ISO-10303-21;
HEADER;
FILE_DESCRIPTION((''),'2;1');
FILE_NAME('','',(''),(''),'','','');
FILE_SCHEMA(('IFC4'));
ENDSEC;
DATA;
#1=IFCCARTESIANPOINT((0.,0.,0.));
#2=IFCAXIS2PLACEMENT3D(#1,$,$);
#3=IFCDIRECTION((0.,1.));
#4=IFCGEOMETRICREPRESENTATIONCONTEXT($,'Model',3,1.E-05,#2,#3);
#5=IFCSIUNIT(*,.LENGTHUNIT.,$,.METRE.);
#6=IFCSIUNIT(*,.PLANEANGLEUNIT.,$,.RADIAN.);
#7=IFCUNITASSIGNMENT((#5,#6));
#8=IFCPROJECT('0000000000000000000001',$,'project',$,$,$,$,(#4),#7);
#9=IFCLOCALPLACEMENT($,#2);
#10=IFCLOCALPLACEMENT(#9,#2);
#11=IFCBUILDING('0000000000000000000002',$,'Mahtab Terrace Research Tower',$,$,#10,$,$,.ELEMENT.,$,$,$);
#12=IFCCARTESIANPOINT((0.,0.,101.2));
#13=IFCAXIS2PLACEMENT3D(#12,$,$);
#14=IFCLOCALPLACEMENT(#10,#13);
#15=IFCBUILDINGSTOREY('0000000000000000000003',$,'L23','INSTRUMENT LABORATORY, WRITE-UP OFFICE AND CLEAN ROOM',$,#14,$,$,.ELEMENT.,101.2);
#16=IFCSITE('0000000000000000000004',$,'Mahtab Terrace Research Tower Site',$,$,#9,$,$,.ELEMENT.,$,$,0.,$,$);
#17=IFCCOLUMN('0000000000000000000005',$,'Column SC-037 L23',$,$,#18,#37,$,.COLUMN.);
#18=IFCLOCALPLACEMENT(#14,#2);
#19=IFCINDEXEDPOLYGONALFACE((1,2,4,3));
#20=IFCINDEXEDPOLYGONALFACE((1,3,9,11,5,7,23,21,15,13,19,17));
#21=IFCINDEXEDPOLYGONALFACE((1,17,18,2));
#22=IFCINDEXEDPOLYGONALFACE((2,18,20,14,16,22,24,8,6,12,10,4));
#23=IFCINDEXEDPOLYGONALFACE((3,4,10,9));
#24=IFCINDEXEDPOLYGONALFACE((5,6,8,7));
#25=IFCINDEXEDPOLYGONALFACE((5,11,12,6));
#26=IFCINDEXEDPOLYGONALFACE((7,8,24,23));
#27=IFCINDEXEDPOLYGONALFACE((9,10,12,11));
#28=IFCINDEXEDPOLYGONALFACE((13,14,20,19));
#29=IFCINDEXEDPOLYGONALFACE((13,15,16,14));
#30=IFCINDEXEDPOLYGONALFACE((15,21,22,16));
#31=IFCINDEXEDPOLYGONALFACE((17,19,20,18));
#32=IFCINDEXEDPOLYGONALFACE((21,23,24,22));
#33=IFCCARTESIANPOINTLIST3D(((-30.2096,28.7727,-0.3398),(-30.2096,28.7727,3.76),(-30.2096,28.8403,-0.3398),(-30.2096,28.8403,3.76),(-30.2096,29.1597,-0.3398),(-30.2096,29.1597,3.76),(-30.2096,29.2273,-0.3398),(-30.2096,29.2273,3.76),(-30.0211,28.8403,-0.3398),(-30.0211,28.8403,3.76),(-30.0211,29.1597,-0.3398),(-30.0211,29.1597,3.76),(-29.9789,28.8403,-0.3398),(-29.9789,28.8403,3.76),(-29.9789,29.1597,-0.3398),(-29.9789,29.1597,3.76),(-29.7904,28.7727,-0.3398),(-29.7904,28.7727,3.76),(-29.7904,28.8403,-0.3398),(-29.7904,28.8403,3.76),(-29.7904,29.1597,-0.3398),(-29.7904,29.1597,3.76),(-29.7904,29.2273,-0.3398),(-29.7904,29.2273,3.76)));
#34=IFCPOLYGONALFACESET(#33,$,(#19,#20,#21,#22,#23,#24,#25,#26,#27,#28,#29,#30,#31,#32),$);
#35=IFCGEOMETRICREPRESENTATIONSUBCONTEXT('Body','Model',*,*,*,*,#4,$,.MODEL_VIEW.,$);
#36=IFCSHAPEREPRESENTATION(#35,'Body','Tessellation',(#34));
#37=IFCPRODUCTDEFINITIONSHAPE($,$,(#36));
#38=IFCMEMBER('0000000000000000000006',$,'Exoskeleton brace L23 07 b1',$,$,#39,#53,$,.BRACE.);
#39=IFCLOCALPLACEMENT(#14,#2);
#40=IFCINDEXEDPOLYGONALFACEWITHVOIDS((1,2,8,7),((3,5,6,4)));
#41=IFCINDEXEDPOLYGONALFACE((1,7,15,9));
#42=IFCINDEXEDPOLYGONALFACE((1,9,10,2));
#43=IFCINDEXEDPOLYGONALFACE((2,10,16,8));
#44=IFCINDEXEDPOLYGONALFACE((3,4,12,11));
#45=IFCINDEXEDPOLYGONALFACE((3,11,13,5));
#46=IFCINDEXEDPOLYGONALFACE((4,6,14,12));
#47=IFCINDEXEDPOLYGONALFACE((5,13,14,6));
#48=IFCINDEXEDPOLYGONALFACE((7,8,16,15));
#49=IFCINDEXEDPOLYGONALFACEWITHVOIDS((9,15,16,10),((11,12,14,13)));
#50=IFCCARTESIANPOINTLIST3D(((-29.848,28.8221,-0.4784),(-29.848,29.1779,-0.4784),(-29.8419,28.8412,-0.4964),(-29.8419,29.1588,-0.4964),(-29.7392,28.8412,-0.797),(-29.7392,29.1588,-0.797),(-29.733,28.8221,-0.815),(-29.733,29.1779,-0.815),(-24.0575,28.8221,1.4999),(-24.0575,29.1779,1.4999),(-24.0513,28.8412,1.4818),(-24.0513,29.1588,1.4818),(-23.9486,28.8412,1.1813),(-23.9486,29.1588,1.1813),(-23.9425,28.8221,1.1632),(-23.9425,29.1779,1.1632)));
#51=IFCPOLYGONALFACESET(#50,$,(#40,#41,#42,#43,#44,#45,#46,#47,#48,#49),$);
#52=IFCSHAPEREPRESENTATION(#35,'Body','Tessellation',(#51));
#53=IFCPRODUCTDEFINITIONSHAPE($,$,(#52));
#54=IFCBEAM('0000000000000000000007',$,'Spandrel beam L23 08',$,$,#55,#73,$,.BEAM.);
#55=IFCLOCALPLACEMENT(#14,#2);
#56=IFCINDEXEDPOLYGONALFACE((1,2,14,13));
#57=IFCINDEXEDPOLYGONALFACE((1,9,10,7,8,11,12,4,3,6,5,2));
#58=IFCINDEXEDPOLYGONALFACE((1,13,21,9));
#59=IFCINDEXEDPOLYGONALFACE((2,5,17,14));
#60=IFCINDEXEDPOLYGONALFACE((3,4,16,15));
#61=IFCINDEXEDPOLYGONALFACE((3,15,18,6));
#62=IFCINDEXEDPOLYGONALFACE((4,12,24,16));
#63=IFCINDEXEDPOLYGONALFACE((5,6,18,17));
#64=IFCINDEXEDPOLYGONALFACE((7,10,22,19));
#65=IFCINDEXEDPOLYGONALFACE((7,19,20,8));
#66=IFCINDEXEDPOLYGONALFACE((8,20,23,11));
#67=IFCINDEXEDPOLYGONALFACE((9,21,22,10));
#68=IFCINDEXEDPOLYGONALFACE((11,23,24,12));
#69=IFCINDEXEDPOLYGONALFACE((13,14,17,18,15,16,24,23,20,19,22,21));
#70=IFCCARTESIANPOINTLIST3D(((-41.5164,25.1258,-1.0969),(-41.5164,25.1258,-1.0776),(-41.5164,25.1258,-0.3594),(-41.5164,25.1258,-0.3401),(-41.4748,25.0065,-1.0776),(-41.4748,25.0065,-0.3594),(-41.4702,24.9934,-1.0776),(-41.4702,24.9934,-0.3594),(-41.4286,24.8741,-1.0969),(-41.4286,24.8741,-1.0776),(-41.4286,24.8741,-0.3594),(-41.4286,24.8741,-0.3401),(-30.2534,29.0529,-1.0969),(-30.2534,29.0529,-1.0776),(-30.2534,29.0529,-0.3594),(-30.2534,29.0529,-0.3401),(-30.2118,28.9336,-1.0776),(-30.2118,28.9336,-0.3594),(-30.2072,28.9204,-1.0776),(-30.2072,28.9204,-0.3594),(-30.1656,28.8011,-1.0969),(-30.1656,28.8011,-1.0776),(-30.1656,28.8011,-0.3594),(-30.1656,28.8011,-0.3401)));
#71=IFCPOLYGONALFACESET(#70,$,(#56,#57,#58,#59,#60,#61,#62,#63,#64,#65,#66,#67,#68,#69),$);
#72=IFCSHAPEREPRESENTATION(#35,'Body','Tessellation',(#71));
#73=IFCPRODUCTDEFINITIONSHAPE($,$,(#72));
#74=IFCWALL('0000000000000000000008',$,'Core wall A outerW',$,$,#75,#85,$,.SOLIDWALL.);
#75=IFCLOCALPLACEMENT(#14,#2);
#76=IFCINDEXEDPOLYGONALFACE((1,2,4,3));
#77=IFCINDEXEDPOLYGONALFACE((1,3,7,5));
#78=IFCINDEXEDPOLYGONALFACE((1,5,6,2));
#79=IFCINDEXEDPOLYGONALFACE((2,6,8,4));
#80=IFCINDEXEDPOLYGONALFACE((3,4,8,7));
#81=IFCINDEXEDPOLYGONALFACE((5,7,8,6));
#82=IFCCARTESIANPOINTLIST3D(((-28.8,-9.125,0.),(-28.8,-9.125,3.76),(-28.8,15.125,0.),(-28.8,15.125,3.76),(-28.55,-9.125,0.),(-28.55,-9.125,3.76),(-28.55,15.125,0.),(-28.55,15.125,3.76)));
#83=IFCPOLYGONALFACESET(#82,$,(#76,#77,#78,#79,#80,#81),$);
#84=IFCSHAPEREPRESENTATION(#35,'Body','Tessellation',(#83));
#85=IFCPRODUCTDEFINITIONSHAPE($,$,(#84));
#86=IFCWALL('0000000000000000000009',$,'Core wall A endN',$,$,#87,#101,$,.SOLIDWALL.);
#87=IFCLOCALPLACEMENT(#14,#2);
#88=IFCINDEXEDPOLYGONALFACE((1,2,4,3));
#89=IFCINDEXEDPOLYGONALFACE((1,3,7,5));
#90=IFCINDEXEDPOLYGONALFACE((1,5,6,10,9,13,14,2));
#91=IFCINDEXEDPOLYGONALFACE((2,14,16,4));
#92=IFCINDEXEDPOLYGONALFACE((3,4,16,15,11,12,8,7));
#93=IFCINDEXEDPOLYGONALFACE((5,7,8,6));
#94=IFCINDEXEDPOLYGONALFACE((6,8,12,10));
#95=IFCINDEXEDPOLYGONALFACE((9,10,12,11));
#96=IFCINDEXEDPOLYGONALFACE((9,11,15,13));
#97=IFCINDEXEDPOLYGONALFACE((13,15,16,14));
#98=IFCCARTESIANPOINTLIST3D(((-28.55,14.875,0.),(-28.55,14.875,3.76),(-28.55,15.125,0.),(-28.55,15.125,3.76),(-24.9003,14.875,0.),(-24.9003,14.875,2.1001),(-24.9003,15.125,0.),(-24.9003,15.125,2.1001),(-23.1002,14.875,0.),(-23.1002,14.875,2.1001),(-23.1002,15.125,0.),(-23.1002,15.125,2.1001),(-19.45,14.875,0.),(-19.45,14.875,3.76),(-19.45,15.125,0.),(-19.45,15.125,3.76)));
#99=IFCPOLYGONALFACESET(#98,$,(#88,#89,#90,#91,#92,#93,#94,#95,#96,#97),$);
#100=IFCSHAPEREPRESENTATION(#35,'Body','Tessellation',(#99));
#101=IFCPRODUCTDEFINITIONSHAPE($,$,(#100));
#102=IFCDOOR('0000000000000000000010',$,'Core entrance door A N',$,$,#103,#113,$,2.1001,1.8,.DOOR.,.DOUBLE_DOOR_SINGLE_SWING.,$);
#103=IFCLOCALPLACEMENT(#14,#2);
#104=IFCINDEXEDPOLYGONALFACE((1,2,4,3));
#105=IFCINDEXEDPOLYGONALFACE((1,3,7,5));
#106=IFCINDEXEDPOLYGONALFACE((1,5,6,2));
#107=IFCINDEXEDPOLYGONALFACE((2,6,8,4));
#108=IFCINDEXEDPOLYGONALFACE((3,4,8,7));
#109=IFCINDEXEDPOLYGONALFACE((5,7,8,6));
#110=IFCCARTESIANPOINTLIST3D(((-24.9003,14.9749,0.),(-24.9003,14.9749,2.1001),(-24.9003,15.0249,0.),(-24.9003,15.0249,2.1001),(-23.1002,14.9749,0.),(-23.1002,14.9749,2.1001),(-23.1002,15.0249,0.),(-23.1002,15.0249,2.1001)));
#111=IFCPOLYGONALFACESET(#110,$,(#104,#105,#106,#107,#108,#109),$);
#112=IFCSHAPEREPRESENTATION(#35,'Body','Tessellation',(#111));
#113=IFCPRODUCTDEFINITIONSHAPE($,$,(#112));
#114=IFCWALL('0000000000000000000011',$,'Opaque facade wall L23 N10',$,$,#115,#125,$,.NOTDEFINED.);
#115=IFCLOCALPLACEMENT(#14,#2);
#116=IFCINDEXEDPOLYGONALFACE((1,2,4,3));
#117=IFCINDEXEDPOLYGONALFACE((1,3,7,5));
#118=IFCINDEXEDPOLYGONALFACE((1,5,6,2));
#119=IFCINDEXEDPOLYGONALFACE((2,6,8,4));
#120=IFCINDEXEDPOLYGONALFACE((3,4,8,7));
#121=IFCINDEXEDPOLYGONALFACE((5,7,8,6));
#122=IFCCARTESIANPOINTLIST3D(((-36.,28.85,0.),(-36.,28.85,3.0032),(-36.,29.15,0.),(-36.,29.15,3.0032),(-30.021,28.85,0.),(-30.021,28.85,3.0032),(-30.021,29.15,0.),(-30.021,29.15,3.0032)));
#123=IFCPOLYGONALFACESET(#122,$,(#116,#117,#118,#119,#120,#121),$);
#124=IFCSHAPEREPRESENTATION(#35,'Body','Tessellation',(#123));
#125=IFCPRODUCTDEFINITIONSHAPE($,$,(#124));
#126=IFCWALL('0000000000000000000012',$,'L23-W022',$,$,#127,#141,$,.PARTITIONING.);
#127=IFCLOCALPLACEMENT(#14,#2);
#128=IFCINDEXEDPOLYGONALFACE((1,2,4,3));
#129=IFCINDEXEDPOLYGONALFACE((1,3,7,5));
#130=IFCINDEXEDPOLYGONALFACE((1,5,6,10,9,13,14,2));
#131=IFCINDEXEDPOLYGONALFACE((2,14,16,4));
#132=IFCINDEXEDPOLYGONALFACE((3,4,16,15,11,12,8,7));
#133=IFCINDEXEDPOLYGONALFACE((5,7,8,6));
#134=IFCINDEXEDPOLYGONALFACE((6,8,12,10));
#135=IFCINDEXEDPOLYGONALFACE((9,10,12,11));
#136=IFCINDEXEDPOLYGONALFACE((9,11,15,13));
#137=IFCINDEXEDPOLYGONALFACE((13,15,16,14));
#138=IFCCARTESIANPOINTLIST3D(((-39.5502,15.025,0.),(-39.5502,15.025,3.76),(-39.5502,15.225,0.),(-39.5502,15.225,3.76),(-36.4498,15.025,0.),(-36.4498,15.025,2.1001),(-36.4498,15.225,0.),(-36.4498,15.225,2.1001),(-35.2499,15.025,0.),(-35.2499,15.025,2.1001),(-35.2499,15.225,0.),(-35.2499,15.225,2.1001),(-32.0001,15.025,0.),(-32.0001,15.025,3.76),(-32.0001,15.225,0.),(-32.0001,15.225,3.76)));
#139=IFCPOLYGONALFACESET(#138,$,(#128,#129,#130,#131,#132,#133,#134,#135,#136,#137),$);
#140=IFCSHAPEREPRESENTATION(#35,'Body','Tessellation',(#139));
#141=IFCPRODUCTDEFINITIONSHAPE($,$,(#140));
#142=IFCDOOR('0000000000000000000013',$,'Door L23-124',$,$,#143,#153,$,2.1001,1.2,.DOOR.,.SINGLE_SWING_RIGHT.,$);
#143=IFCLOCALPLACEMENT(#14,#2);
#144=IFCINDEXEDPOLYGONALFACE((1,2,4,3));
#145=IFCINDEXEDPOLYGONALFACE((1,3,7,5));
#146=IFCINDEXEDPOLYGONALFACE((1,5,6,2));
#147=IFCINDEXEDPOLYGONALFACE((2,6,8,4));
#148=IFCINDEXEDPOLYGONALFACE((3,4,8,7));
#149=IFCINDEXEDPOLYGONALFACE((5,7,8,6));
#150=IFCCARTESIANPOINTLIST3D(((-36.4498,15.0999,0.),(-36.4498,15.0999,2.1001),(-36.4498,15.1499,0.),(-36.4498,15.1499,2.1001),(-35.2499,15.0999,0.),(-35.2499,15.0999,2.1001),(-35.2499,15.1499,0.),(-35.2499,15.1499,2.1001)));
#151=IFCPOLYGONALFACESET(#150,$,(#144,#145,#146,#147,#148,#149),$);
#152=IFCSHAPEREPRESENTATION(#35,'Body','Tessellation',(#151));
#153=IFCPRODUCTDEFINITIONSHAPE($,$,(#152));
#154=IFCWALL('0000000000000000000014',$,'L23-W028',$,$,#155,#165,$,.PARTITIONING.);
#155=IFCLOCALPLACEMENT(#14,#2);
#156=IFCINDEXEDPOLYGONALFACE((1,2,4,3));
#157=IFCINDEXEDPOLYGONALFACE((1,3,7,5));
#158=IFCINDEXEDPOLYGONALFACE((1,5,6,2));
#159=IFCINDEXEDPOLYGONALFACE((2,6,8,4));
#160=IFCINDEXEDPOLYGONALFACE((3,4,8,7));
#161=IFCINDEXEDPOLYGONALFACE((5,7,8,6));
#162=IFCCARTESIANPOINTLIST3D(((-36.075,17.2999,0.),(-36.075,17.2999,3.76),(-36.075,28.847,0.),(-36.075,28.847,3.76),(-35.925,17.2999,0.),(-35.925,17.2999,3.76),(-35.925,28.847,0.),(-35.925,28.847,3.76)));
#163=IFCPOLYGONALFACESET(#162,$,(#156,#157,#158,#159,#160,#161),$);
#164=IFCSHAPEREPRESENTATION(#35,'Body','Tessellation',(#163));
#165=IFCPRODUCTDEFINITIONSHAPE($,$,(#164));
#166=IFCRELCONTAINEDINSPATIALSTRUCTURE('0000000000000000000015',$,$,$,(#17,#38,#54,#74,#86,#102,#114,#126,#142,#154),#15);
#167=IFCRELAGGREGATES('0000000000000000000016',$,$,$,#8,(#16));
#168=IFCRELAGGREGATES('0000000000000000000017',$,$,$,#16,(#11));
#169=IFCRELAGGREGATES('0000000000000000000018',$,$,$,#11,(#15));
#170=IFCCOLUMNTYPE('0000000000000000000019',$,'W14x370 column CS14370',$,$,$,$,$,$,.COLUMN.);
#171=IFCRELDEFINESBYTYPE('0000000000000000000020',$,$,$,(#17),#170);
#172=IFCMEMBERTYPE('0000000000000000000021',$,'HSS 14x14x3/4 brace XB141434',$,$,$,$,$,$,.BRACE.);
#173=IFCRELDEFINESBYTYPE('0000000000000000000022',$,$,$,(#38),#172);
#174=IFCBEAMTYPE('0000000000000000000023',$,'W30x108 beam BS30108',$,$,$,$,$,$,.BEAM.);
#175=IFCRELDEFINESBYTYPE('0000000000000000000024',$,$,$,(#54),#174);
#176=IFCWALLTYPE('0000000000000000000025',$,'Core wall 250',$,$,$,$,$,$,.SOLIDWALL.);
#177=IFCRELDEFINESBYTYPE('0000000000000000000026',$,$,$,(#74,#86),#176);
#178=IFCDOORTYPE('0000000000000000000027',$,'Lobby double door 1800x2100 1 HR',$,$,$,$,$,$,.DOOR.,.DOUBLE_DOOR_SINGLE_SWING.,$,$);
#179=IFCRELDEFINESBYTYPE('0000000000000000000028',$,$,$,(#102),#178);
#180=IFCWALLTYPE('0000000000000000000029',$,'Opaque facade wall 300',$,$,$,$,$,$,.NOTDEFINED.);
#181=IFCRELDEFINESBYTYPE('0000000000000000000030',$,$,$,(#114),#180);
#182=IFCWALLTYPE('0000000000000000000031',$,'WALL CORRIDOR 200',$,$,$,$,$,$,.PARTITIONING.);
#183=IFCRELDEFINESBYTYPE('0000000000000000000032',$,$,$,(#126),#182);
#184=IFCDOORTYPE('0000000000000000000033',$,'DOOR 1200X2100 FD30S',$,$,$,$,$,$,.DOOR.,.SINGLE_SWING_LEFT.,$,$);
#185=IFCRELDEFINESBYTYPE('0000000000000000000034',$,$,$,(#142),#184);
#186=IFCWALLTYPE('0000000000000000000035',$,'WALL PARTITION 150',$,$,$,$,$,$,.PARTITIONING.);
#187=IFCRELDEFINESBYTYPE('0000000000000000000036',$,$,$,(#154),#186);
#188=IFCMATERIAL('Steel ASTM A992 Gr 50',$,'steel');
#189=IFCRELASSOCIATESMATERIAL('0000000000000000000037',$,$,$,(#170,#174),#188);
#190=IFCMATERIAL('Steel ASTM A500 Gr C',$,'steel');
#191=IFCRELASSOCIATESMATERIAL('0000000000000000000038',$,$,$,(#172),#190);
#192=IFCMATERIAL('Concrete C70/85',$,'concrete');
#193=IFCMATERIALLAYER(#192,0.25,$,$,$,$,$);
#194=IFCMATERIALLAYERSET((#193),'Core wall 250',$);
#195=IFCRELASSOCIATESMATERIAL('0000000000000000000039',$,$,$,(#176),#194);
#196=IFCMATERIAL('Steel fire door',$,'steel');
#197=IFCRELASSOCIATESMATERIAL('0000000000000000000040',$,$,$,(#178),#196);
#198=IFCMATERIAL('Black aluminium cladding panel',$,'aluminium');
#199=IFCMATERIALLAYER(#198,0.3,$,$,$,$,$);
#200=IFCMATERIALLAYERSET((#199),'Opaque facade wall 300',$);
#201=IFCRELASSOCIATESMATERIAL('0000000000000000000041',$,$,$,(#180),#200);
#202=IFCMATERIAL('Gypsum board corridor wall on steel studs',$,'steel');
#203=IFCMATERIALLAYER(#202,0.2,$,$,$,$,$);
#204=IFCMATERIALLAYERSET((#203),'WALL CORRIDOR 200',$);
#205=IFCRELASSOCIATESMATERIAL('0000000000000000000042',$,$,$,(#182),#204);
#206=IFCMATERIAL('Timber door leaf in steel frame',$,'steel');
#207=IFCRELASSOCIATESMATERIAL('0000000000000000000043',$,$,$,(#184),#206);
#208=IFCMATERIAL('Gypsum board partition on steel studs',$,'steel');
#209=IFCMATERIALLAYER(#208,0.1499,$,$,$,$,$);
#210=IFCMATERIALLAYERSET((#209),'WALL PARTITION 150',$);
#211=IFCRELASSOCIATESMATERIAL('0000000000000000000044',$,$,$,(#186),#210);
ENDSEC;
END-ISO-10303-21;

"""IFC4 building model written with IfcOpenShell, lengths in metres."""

from ifc_helpers import new_model, si_unit, direction, frame, frame_2d, origin, origin_2d, place, context, subcontext, project, spatial, rectangle, hollow_rectangle, i_section, extrude, material, layer, layer_set, material_profile, profile_set, type_object, element, fill, save


model = new_model("IFC4")

# Units and contexts
model_context = context("Model", 3, precision=1e-05, world=origin(), true_north=direction((0.0, 1.0)))
body_context = subcontext(model_context, "Body", "Model", "MODEL_VIEW")
ifc_project = project(units=[si_unit("LENGTHUNIT", "METRE"), si_unit("PLANEANGLEUNIT", "RADIAN")], contexts=[model_context])

# Site, building, storey
site_placement = place(None, origin())
site = spatial("IfcSite", under=ifc_project, at=site_placement, Name="Mahtab Terrace Research Tower Site", CompositionType="ELEMENT", RefElevation=0.0)
building_placement = place(site_placement, origin())
building = spatial("IfcBuilding", under=site, at=building_placement, Name="Mahtab Terrace Research Tower", CompositionType="ELEMENT")
storey_placement = place(building_placement, frame((0.0, 0.0, 101.2)))
storey = spatial("IfcBuildingStorey", under=building, at=storey_placement, Name="L23", Description="INSTRUMENT LABORATORY, WRITE-UP OFFICE AND CLEAN ROOM", CompositionType="ELEMENT", Elevation=101.2)

# Column
ifc_material_1 = material(Name="Steel ASTM A992 Gr 50", Category="steel")
ifc_material_profile_1 = material_profile(ifc_material_1, i_section(OverallWidth=0.4192, OverallDepth=0.4546, WebThickness=0.0422, FlangeThickness=0.0676, at=origin_2d()), Name="W14X370")
ifc_profile_set_1 = profile_set([ifc_material_profile_1], Name="Steel ASTM A992 Gr 50")
column_type = type_object("IfcColumnType", Name="W14x370 column CS14370", PredefinedType="COLUMN", material=ifc_profile_set_1)
column_placement = place(storey_placement, frame((-30.0, 29.0, -0.3398), z_axis=(0.0, 0.0, 1.0), x_axis=(1.0, 0.0, 0.0)))
element("IfcColumn", 1, at=column_placement, inside=storey, type_object=column_type, Name="Column SC-037 L23", PredefinedType="COLUMN", context=body_context, shape_type="SweptSolid", body=[
    extrude(i_section(OverallWidth=0.4192, OverallDepth=0.4546, WebThickness=0.0422, FlangeThickness=0.0676, at=origin_2d()), origin(), (0.0, 0.0, 1.0), 4.0999),
])

# Member
ifc_material_2 = material(Name="Steel ASTM A500 Gr C", Category="steel")
ifc_material_profile_2 = material_profile(ifc_material_2, hollow_rectangle(XDim=0.3557, YDim=0.3557, WallThickness=0.019, at=origin_2d()), Name="HSS14X14X3/4")
ifc_profile_set_2 = profile_set([ifc_material_profile_2], Name="Steel ASTM A500 Gr C")
member_type = type_object("IfcMemberType", Name="HSS 14x14x3/4 brace XB141434", PredefinedType="BRACE", material=ifc_profile_set_2)
member_placement = place(storey_placement, frame((-29.7905, 29.0, -0.6467), z_axis=(0.946299, 0.0, 0.323293), x_axis=(0.0, 1.0, 0.0)))
element("IfcMember", 2, at=member_placement, inside=storey, type_object=member_type, Name="Exoskeleton brace L23 07 b1", PredefinedType="BRACE", context=body_context, shape_type="SweptSolid", body=[
    extrude(hollow_rectangle(XDim=0.3557, YDim=0.3557, WallThickness=0.019, at=origin_2d()), origin(), (0.0, 0.0, 1.0), 6.1191),
])

# Beam
ifc_material_profile_3 = material_profile(ifc_material_1, i_section(OverallWidth=0.2666, OverallDepth=0.7568, WebThickness=0.0139, FlangeThickness=0.0193, at=origin_2d()), Name="W30X108")
ifc_profile_set_3 = profile_set([ifc_material_profile_3], Name="Steel ASTM A992 Gr 50")
beam_type = type_object("IfcBeamType", Name="W30x108 beam BS30108", PredefinedType="BEAM", material=ifc_profile_set_3)
beam_placement = place(storey_placement, frame((-30.2095, 28.927, -0.7185), z_axis=(-0.944251, -0.329228, 0.0), x_axis=(0.329228, -0.944251, 0.0)))
element("IfcBeam", 3, at=beam_placement, inside=storey, type_object=beam_type, Name="Spandrel beam L23 08", PredefinedType="BEAM", context=body_context, shape_type="SweptSolid", body=[
    extrude(i_section(OverallWidth=0.2666, OverallDepth=0.7568, WebThickness=0.0139, FlangeThickness=0.0193, at=origin_2d()), origin(), (0.0, 0.0, 1.0), 11.928),
])

# Wall
ifc_material_3 = material(Name="Concrete C70/85", Category="concrete")
ifc_layer_1 = layer(ifc_material_3, 0.25)
ifc_layer_set_1 = layer_set([ifc_layer_1], Name="Core wall 250")
wall_type_1 = type_object("IfcWallType", Name="Core wall 250", PredefinedType="SOLIDWALL", material=ifc_layer_set_1)
wall_1_placement = place(storey_placement, frame((-28.675, 15.125, 0.0), z_axis=(0.0, 0.0, 1.0), x_axis=(0.0, -1.0, 0.0)))
element("IfcWall", 4, at=wall_1_placement, inside=storey, type_object=wall_type_1, Name="Core wall A outerW", PredefinedType="SOLIDWALL", context=body_context, shape_type="SweptSolid", body=[
    extrude(rectangle(XDim=24.25, YDim=0.25, at=frame_2d((12.125, 0.0))), origin(), (0.0, 0.0, 1.0), 3.76),
])

# Wall, opening, door
wall_2_placement = place(storey_placement, frame((-28.55, 15.0, 0.0), z_axis=(0.0, 0.0, 1.0), x_axis=(1.0, 0.0, 0.0)))
wall_2 = element("IfcWall", 5, at=wall_2_placement, inside=storey, type_object=wall_type_1, Name="Core wall A endN", PredefinedType="SOLIDWALL", context=body_context, shape_type="SweptSolid", body=[
    extrude(rectangle(XDim=9.1001, YDim=0.25, at=frame_2d((4.55, 0.0))), origin(), (0.0, 0.0, 1.0), 3.76),
])
opening_1_placement = place(wall_2_placement, frame((3.6499, 0.0, 0.0)))
opening_1 = element("IfcOpeningElement", 6, at=opening_1_placement, cuts=wall_2, PredefinedType="OPENING", context=body_context, shape_type="SweptSolid", body=[
    extrude(rectangle(XDim=1.8, YDim=2.1001, at=frame_2d((0.8999, 1.05))), frame((0.0, 0.135, 0.0), z_axis=(0.0, -1.0, 0.0), x_axis=(1.0, 0.0, 0.0)), (0.0, 0.0, 1.0), 0.27),
])
ifc_material_4 = material(Name="Steel fire door", Category="steel")
door_type_1 = type_object("IfcDoorType", Name="Lobby double door 1800x2100 1 HR", OperationType="DOUBLE_DOOR_SINGLE_SWING", PredefinedType="DOOR", material=ifc_material_4)
door_1_placement = place(opening_1_placement, origin())
door_1 = element("IfcDoor", 7, at=door_1_placement, inside=storey, type_object=door_type_1, Name="Core entrance door A N", OperationType="DOUBLE_DOOR_SINGLE_SWING", OverallHeight=2.1001, OverallWidth=1.8, PredefinedType="DOOR", context=body_context, shape_type="SweptSolid", body=[
    extrude(rectangle(XDim=1.8, YDim=2.1001, at=frame_2d((0.8999, 1.05))), frame((0.0, 0.0249, 0.0), z_axis=(0.0, -1.0, 0.0), x_axis=(1.0, 0.0, 0.0)), (0.0, 0.0, 1.0), 0.05),
])
fill(opening_1, door_1)

# Wall
ifc_material_5 = material(Name="Black aluminium cladding panel", Category="aluminium")
ifc_layer_2 = layer(ifc_material_5, 0.3)
ifc_layer_set_2 = layer_set([ifc_layer_2], Name="Opaque facade wall 300")
wall_type_2 = type_object("IfcWallType", Name="Opaque facade wall 300", PredefinedType="NOTDEFINED", material=ifc_layer_set_2)
wall_3_placement = place(storey_placement, frame((-30.021, 29.0, 0.0), z_axis=(0.0, 0.0, 1.0), x_axis=(-1.0, 0.0, 0.0)))
element("IfcWall", 8, at=wall_3_placement, inside=storey, type_object=wall_type_2, Name="Opaque facade wall L23 N10", PredefinedType="NOTDEFINED", context=body_context, shape_type="SweptSolid", body=[
    extrude(rectangle(XDim=5.979, YDim=0.3, at=frame_2d((2.9895, 0.0))), origin(), (0.0, 0.0, 1.0), 3.0032),
])

# Wall, opening, door
ifc_material_6 = material(Name="Gypsum board corridor wall on steel studs", Category="steel")
ifc_layer_3 = layer(ifc_material_6, 0.2)
ifc_layer_set_3 = layer_set([ifc_layer_3], Name="WALL CORRIDOR 200")
wall_type_3 = type_object("IfcWallType", Name="WALL CORRIDOR 200", PredefinedType="PARTITIONING", material=ifc_layer_set_3)
wall_4_placement = place(storey_placement, frame((-39.55, 15.125, 0.0), z_axis=(0.0, 0.0, 1.0), x_axis=(1.0, 0.0, 0.0)))
wall_4 = element("IfcWall", 9, at=wall_4_placement, inside=storey, type_object=wall_type_3, Name="L23-W022", PredefinedType="PARTITIONING", context=body_context, shape_type="SweptSolid", body=[
    extrude(rectangle(XDim=7.55, YDim=0.2, at=frame_2d((3.7749, 0.0))), origin(), (0.0, 0.0, 1.0), 3.76),
])
opening_2_placement = place(wall_4_placement, frame((3.1001, 0.0, 0.0)))
opening_2 = element("IfcOpeningElement", 10, at=opening_2_placement, cuts=wall_4, PredefinedType="OPENING", context=body_context, shape_type="SweptSolid", body=[
    extrude(rectangle(XDim=1.2, YDim=2.1001, at=frame_2d((0.6001, 1.05))), frame((0.0, 0.1099, 0.0), z_axis=(0.0, -1.0, 0.0), x_axis=(1.0, 0.0, 0.0)), (0.0, 0.0, 1.0), 0.22),
])
ifc_material_7 = material(Name="Timber door leaf in steel frame", Category="steel")
door_type_2 = type_object("IfcDoorType", Name="DOOR 1200X2100 FD30S", OperationType="SINGLE_SWING_LEFT", PredefinedType="DOOR", material=ifc_material_7)
door_2_placement = place(opening_2_placement, origin())
door_2 = element("IfcDoor", 11, at=door_2_placement, inside=storey, type_object=door_type_2, Name="Door L23-124", OperationType="SINGLE_SWING_RIGHT", OverallHeight=2.1001, OverallWidth=1.2, PredefinedType="DOOR", context=body_context, shape_type="SweptSolid", body=[
    extrude(rectangle(XDim=1.2, YDim=2.1001, at=frame_2d((0.6001, 1.05))), frame((0.0, 0.0249, 0.0), z_axis=(0.0, -1.0, 0.0), x_axis=(1.0, 0.0, 0.0)), (0.0, 0.0, 1.0), 0.05),
])
fill(opening_2, door_2)

# Wall
ifc_material_8 = material(Name="Gypsum board partition on steel studs", Category="steel")
ifc_layer_4 = layer(ifc_material_8, 0.1499)
ifc_layer_set_4 = layer_set([ifc_layer_4], Name="WALL PARTITION 150")
wall_type_4 = type_object("IfcWallType", Name="WALL PARTITION 150", PredefinedType="PARTITIONING", material=ifc_layer_set_4)
wall_5_placement = place(storey_placement, frame((-36.0, 17.3, 0.0), z_axis=(0.0, 0.0, 1.0), x_axis=(0.0, 1.0, 0.0)))
element("IfcWall", 12, at=wall_5_placement, inside=storey, type_object=wall_type_4, Name="L23-W028", PredefinedType="PARTITIONING", context=body_context, shape_type="SweptSolid", body=[
    extrude(rectangle(XDim=11.5471, YDim=0.1499, at=frame_2d((5.7734, 0.0))), origin(), (0.0, 0.0, 1.0), 3.76),
])

save(model, "model.ifc")
